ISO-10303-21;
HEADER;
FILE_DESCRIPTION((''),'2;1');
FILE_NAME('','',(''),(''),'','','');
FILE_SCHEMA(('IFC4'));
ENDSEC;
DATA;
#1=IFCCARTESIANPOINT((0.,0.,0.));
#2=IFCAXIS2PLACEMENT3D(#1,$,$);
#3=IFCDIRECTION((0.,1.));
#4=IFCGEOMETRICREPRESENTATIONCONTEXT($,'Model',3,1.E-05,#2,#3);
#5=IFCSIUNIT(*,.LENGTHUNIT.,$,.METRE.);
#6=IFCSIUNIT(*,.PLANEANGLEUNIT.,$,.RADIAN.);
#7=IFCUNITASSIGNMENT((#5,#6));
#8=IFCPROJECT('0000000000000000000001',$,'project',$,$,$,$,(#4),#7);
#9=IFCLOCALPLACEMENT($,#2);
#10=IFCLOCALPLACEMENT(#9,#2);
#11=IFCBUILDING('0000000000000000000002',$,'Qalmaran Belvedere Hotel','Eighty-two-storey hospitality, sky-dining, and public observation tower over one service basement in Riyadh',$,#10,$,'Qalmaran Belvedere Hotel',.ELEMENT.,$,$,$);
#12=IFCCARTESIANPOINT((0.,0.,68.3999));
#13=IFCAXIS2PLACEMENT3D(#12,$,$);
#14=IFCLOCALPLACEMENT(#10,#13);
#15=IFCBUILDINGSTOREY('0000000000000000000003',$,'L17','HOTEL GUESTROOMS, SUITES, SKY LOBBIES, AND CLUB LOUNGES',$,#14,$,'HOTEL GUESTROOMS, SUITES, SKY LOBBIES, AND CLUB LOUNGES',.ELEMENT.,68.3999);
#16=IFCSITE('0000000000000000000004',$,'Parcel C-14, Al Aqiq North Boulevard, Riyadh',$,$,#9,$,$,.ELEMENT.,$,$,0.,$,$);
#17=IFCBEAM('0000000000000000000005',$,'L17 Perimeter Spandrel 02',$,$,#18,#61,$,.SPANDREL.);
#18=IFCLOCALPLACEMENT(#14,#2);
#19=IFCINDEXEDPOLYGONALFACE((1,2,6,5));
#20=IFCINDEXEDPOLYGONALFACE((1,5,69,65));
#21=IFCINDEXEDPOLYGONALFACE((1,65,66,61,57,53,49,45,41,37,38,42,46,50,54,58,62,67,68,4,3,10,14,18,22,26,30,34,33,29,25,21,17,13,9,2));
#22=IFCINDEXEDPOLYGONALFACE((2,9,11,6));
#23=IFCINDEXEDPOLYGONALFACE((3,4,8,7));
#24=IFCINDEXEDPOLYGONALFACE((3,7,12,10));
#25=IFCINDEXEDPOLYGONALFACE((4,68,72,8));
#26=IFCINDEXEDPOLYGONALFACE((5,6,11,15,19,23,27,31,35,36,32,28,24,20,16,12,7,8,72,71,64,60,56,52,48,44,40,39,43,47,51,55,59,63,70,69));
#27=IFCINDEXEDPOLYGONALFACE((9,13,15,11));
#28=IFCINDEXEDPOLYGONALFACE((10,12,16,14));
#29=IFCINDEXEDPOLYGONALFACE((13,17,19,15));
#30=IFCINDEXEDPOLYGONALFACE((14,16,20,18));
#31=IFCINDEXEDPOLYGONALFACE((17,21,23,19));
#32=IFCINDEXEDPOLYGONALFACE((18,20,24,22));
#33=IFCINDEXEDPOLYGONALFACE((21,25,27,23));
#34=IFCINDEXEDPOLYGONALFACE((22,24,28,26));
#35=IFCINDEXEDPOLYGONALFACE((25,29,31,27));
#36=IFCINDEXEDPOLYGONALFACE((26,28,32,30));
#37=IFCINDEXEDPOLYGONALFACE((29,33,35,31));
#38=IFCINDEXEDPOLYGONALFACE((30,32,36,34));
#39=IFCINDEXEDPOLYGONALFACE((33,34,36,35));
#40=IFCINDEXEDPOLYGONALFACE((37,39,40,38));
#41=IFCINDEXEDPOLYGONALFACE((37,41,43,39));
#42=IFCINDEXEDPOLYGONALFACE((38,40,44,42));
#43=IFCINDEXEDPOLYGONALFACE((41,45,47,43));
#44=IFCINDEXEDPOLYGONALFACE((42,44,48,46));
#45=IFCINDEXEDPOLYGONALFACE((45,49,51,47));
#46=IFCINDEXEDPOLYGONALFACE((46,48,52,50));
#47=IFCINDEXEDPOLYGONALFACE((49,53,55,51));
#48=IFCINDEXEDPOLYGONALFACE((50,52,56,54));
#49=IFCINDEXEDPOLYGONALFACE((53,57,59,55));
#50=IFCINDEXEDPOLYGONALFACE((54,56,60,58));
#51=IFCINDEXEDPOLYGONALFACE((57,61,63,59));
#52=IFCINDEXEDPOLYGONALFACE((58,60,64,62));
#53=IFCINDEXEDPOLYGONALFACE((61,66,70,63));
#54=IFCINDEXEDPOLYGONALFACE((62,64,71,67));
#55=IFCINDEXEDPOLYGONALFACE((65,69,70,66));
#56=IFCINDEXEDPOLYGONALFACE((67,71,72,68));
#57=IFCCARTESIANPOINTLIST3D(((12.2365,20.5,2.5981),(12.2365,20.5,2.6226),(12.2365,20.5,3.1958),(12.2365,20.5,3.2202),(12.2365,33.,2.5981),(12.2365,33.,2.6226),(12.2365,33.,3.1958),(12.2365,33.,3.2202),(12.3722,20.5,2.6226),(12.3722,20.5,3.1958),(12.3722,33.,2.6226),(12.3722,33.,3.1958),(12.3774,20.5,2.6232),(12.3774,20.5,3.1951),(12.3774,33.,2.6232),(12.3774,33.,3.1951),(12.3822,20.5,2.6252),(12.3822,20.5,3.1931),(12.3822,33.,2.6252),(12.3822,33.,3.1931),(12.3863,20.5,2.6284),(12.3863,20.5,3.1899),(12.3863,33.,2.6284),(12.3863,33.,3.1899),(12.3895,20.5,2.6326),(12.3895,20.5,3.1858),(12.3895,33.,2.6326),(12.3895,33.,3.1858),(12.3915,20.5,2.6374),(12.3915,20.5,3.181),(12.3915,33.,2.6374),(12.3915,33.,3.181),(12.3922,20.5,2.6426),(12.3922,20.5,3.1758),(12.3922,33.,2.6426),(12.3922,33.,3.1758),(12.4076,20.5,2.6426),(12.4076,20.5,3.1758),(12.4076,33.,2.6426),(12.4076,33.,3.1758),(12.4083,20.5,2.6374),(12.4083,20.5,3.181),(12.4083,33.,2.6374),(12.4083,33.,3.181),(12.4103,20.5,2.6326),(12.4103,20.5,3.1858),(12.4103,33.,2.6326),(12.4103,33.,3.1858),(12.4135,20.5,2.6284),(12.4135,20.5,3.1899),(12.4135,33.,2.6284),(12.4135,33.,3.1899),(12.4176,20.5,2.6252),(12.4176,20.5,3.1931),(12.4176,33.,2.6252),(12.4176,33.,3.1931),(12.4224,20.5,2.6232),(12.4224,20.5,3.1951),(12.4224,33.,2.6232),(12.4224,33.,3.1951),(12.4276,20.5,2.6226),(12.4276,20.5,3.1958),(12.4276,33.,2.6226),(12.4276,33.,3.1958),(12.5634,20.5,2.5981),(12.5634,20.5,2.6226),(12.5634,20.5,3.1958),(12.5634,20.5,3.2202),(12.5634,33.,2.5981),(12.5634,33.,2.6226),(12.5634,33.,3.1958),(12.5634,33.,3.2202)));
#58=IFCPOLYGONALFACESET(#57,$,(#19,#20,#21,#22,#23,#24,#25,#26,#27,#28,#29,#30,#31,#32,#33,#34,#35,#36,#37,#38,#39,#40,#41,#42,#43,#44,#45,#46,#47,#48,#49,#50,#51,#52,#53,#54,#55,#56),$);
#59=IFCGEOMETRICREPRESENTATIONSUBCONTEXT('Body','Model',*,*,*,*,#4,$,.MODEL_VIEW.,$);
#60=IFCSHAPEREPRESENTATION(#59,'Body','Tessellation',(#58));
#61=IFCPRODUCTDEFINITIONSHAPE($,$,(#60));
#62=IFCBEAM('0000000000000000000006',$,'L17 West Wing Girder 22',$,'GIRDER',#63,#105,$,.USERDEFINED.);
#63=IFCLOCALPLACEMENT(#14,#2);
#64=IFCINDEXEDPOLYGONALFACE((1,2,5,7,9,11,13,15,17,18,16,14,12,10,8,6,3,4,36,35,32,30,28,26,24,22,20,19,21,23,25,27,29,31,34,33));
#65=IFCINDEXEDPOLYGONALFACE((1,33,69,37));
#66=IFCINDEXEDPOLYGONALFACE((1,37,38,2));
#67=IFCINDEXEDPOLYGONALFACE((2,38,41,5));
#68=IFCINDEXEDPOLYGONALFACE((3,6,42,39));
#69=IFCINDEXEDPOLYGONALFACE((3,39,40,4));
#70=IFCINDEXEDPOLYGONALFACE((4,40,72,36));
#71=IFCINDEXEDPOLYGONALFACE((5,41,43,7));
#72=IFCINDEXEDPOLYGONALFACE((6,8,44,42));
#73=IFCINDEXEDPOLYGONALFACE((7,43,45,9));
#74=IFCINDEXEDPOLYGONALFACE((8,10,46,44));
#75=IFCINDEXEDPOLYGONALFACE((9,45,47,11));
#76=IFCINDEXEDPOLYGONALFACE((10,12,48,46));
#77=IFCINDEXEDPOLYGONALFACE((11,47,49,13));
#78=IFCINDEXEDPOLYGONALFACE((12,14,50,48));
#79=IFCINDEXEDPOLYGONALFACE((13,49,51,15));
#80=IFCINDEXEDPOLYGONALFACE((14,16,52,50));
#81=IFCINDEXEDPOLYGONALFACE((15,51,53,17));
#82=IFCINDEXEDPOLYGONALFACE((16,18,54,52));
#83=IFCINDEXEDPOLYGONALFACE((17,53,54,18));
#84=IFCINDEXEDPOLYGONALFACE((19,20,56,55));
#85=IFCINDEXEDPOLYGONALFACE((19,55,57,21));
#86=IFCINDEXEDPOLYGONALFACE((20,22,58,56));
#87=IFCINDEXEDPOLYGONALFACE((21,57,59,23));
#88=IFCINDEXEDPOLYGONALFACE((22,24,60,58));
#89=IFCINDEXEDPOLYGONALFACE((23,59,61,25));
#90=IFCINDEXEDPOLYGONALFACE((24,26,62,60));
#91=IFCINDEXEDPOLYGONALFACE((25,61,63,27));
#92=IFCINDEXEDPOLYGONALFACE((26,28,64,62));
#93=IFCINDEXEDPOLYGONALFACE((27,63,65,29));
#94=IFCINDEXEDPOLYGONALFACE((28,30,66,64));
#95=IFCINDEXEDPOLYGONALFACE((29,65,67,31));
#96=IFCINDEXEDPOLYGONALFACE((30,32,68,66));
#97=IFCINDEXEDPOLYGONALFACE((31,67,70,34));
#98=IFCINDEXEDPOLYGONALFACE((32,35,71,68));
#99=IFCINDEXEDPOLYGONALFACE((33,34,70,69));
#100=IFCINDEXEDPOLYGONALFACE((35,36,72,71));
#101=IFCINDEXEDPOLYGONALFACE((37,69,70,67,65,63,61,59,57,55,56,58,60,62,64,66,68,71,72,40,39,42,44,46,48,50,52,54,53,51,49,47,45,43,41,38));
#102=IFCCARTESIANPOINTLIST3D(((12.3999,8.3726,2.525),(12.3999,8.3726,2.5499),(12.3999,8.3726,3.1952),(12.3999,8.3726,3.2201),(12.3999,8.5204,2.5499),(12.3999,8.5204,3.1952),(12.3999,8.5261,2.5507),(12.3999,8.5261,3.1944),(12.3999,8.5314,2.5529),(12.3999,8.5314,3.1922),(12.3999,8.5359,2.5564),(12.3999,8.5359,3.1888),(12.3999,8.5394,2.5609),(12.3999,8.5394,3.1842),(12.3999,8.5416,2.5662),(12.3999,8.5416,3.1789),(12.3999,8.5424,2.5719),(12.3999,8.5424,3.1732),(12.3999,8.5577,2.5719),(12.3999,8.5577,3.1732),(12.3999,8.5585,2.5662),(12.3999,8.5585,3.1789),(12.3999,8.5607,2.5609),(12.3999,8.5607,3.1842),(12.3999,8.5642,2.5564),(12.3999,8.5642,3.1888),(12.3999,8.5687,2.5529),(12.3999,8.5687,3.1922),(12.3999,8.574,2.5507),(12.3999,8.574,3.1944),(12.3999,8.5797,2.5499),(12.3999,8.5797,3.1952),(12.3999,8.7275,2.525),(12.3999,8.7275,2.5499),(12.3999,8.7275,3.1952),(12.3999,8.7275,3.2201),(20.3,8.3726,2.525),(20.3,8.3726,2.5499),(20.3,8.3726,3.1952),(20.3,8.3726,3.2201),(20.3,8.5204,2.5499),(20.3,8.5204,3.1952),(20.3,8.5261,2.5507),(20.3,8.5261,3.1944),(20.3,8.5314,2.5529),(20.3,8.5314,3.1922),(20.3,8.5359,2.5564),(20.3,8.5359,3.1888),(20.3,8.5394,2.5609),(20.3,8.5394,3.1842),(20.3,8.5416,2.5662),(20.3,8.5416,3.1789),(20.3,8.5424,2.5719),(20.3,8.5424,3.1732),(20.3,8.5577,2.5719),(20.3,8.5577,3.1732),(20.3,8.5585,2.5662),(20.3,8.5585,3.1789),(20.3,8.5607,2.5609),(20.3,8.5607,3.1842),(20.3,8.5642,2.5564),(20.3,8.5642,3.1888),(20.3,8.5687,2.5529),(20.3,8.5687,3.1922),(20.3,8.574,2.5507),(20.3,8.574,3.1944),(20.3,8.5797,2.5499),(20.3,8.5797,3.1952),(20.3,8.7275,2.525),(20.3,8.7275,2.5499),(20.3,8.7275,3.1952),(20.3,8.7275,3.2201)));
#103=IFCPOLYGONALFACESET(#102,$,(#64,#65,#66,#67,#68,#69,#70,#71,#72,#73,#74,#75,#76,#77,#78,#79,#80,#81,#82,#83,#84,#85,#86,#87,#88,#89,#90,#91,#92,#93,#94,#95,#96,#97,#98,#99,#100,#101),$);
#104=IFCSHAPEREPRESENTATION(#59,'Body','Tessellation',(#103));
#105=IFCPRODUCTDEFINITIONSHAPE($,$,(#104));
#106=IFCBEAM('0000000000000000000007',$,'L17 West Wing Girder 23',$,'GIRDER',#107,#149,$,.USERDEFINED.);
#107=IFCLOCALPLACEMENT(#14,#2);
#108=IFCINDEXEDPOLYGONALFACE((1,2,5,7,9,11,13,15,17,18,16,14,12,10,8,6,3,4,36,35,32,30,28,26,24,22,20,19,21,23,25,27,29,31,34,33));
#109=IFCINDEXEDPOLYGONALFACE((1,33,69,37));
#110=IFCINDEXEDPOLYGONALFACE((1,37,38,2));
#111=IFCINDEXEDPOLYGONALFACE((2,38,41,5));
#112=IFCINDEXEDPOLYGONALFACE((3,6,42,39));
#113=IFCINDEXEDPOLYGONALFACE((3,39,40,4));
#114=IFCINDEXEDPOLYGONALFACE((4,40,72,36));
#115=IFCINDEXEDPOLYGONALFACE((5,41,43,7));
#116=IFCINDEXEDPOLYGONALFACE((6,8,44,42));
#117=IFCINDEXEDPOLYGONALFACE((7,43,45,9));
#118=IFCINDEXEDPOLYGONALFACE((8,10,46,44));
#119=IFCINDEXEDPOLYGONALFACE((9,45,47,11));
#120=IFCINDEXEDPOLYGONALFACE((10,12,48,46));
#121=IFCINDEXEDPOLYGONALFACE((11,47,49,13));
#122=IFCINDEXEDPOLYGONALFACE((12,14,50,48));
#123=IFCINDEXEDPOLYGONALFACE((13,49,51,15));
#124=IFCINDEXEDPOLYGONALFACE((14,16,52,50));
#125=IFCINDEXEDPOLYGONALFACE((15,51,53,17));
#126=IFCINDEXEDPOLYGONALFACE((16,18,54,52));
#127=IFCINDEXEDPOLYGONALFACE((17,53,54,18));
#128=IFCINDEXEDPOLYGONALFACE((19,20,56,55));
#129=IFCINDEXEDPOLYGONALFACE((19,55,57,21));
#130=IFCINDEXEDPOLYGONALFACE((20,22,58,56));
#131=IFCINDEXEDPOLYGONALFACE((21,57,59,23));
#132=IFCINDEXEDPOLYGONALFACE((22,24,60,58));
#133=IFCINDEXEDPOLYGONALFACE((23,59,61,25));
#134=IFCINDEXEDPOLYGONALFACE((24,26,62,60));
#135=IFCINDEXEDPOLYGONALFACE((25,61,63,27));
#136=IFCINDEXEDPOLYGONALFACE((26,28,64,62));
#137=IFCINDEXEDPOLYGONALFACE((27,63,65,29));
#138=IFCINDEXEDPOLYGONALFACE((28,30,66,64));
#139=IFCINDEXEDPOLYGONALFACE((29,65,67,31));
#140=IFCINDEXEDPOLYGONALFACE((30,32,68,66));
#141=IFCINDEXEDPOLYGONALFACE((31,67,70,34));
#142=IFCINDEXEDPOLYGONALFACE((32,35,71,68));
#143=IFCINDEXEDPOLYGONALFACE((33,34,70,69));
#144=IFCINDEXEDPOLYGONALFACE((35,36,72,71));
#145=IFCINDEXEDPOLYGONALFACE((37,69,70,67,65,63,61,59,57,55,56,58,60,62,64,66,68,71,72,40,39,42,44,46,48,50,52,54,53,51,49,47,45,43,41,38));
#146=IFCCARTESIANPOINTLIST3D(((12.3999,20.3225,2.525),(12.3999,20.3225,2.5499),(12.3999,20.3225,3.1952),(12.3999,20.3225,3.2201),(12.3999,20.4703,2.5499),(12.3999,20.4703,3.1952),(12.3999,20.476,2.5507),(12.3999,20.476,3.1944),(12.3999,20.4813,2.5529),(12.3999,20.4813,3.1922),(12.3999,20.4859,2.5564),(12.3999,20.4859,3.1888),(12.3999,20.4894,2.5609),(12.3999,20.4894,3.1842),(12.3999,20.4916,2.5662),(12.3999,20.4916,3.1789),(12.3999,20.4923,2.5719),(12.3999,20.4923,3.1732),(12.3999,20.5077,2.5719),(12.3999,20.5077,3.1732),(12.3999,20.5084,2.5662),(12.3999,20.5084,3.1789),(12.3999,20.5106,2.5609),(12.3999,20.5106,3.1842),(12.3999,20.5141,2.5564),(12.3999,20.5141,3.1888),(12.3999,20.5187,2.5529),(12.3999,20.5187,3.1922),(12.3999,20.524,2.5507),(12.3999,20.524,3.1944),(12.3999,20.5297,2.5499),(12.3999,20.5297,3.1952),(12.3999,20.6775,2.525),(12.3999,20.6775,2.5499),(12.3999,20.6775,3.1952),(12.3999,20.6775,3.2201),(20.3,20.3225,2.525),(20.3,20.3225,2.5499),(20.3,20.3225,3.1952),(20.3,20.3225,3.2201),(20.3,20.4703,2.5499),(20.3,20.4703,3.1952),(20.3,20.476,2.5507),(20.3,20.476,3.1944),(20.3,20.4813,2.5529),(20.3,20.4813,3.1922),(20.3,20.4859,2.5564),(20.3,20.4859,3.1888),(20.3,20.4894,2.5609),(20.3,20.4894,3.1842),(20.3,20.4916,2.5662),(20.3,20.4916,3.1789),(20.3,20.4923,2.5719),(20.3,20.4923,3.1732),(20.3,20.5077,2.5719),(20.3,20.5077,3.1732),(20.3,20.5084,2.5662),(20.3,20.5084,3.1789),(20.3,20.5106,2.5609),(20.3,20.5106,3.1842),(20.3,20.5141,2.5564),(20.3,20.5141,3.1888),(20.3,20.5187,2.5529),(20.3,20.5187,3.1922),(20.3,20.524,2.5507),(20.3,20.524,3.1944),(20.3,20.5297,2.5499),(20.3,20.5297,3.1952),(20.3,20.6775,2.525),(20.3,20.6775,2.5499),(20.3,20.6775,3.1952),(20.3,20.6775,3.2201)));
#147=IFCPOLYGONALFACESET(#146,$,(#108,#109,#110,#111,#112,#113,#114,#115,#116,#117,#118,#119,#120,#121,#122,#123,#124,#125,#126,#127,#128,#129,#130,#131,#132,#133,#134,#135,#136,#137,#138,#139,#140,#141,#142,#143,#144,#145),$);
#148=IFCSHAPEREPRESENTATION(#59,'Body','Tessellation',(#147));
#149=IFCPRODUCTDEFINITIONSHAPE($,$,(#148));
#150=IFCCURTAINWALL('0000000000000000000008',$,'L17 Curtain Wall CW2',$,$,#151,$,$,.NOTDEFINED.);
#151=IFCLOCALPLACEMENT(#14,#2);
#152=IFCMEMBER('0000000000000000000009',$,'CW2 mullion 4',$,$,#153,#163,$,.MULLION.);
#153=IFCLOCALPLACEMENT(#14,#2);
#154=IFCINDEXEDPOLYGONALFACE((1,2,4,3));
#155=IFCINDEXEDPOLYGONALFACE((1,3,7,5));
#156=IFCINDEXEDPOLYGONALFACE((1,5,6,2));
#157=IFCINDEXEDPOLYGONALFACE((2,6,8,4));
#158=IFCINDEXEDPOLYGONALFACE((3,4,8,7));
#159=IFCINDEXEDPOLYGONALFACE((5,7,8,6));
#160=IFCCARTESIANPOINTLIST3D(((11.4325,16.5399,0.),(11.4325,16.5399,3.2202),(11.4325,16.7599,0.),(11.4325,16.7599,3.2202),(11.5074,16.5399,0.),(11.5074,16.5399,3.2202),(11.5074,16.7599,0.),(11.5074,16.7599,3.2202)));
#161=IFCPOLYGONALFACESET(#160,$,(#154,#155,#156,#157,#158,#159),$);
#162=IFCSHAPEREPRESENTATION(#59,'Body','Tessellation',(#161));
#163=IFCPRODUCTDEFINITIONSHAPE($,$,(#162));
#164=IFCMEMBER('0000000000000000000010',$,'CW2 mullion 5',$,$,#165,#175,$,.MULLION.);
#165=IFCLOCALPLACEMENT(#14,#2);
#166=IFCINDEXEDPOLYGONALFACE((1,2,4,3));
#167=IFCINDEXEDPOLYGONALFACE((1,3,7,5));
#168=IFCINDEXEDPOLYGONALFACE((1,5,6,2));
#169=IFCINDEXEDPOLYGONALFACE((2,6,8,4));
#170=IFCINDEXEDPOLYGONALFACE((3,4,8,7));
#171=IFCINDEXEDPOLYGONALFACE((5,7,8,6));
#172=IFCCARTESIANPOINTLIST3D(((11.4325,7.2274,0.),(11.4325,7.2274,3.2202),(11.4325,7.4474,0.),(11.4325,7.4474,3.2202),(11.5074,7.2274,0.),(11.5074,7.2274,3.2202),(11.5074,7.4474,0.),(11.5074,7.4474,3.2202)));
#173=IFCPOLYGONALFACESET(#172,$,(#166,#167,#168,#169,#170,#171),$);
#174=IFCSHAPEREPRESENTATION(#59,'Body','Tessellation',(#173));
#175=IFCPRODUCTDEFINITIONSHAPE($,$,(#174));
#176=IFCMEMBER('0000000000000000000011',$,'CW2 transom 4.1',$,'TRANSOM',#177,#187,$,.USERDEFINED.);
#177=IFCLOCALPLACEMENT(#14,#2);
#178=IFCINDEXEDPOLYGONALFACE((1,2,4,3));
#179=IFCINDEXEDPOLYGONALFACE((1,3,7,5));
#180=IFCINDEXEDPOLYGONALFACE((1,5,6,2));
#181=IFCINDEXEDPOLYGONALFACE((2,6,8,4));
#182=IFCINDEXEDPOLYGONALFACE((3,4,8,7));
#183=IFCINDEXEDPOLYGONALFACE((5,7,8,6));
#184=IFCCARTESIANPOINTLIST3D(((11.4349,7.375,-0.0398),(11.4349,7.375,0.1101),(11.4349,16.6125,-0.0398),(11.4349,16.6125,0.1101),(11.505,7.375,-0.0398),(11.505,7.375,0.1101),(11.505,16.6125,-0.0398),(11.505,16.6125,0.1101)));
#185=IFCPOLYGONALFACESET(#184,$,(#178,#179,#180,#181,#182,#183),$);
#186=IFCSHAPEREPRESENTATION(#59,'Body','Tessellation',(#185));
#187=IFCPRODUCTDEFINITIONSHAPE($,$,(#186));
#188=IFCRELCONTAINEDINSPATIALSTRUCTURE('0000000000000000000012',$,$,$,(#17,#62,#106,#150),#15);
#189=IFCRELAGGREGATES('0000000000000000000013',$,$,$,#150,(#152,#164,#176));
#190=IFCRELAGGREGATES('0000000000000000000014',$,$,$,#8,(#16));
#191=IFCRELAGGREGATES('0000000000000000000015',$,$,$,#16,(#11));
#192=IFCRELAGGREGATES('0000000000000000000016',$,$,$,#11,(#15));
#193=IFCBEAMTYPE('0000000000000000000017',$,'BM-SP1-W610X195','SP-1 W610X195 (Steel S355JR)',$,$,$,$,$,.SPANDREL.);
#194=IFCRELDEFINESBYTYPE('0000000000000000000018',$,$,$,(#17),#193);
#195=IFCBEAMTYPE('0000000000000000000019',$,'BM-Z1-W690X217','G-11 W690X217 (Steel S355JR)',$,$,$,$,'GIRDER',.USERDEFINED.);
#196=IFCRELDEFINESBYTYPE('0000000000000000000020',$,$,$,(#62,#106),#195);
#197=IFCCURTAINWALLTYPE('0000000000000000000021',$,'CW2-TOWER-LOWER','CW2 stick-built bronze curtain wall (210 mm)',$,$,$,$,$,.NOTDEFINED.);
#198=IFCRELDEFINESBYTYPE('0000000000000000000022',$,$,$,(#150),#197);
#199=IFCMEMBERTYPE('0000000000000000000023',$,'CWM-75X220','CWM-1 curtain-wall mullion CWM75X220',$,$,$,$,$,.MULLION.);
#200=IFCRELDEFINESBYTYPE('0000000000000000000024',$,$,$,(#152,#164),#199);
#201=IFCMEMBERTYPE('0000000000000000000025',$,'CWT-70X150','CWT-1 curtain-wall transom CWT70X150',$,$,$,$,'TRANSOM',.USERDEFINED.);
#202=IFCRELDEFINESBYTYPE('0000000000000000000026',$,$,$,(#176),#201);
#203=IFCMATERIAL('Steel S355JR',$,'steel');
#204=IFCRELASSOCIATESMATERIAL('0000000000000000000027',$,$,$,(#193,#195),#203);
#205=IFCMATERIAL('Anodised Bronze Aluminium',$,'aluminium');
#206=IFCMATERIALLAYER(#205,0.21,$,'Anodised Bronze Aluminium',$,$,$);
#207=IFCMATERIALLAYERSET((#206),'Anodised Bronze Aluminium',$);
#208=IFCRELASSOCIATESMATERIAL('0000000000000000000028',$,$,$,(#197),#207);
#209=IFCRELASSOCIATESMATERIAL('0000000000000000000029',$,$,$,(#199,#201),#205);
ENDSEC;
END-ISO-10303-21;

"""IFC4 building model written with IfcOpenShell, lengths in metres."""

from ifc_helpers import new_model, si_unit, direction, frame, origin, origin_2d, place, context, subcontext, project, spatial, rectangle, i_section, extrude, material, layer, layer_set, material_profile, profile_set, type_object, element, aggregate, save


model = new_model("IFC4")

# Units and contexts
model_context = context("Model", 3, precision=1e-05, world=origin(), true_north=direction((0.0, 1.0)))
body_context = subcontext(model_context, "Body", "Model", "MODEL_VIEW")
ifc_project = project(units=[si_unit("LENGTHUNIT", "METRE"), si_unit("PLANEANGLEUNIT", "RADIAN")], contexts=[model_context])

# Site, building, storey
site_placement = place(None, origin())
site = spatial("IfcSite", under=ifc_project, at=site_placement, Name="Parcel C-14, Al Aqiq North Boulevard, Riyadh", CompositionType="ELEMENT", RefElevation=0.0)
building_placement = place(site_placement, origin())
building = spatial("IfcBuilding", under=site, at=building_placement, Name="Qalmaran Belvedere Hotel", Description="Eighty-two-storey hospitality, sky-dining, and public observation tower over one service basement in Riyadh", LongName="Qalmaran Belvedere Hotel", CompositionType="ELEMENT")
storey_placement = place(building_placement, frame((0.0, 0.0, 68.3999)))
storey = spatial("IfcBuildingStorey", under=building, at=storey_placement, Name="L17", Description="HOTEL GUESTROOMS, SUITES, SKY LOBBIES, AND CLUB LOUNGES", LongName="HOTEL GUESTROOMS, SUITES, SKY LOBBIES, AND CLUB LOUNGES", CompositionType="ELEMENT", Elevation=68.3999)

# Beams
ifc_material_1 = material(Name="Steel S355JR", Category="steel")
ifc_material_profile_1 = material_profile(ifc_material_1, i_section(OverallWidth=0.3269, OverallDepth=0.6221, WebThickness=0.0154, FlangeThickness=0.0244, FilletRadius=0.02, at=origin_2d()), Name="W610X195")
ifc_profile_set_1 = profile_set([ifc_material_profile_1], Name="Steel S355JR")
beam_type_1 = type_object("IfcBeamType", Name="BM-SP1-W610X195", Description="SP-1 W610X195 (Steel S355JR)", PredefinedType="SPANDREL", material=ifc_profile_set_1)
beam_1_placement = place(storey_placement, frame((12.3999, 20.5, 2.9092), z_axis=(0.0, 1.0, 0.0), x_axis=(-1.0, 0.0, 0.0)))
element("IfcBeam", 1, at=beam_1_placement, inside=storey, type_object=beam_type_1, Name="L17 Perimeter Spandrel 02", PredefinedType="SPANDREL", context=body_context, shape_type="SweptSolid", body=[
    extrude(i_section(OverallWidth=0.3269, OverallDepth=0.6221, WebThickness=0.0154, FlangeThickness=0.0244, FilletRadius=0.02, at=origin_2d()), origin(), (0.0, 0.0, 1.0), 12.5),
])
ifc_material_profile_2 = material_profile(ifc_material_1, i_section(OverallWidth=0.355, OverallDepth=0.6951, WebThickness=0.0154, FlangeThickness=0.0249, FilletRadius=0.022, at=origin_2d()), Name="W690X217")
ifc_profile_set_2 = profile_set([ifc_material_profile_2], Name="Steel S355JR")
beam_type_2 = type_object("IfcBeamType", Name="BM-Z1-W690X217", Description="G-11 W690X217 (Steel S355JR)", ElementType="GIRDER", PredefinedType="USERDEFINED", material=ifc_profile_set_2)
for number, where, z_axis, x_axis, name in (
    (2, (12.3999, 8.55, 2.8726), (1.0, 0.0, 0.0), (0.0, 1.0, 0.0), "L17 West Wing Girder 22"),
    (3, (12.3999, 20.5, 2.8726), (1.0, 0.0, 0.0), (0.0, 1.0, 0.0), "L17 West Wing Girder 23"),
):
    element("IfcBeam", number, at=place(storey_placement, frame(where, z_axis=z_axis, x_axis=x_axis)), inside=storey, type_object=beam_type_2, Name=name, ObjectType="GIRDER", PredefinedType="USERDEFINED", context=body_context, shape_type="SweptSolid", body=[
        extrude(i_section(OverallWidth=0.355, OverallDepth=0.6951, WebThickness=0.0154, FlangeThickness=0.0249, FilletRadius=0.022, at=origin_2d()), origin(), (0.0, 0.0, 1.0), 7.9001),
    ])

# Curtain wall, members
ifc_material_2 = material(Name="Anodised Bronze Aluminium", Category="aluminium")
ifc_layer_1 = layer(ifc_material_2, 0.21, Name="Anodised Bronze Aluminium")
ifc_layer_set_1 = layer_set([ifc_layer_1], Name="Anodised Bronze Aluminium")
curtain_wall_type = type_object("IfcCurtainWallType", Name="CW2-TOWER-LOWER", Description="CW2 stick-built bronze curtain wall (210 mm)", PredefinedType="NOTDEFINED", material=ifc_layer_set_1)
curtain_wall_1_placement = place(storey_placement, origin())
curtain_wall_1 = element("IfcCurtainWall", 4, at=curtain_wall_1_placement, inside=storey, type_object=curtain_wall_type, Name="L17 Curtain Wall CW2", PredefinedType="NOTDEFINED")
ifc_material_profile_3 = material_profile(ifc_material_2, rectangle(XDim=0.075, YDim=0.22, at=origin_2d()), Name="CWM75X220")
ifc_profile_set_3 = profile_set([ifc_material_profile_3], Name="Anodised Bronze Aluminium")
member_type_1 = type_object("IfcMemberType", Name="CWM-75X220", Description="CWM-1 curtain-wall mullion CWM75X220", PredefinedType="MULLION", material=ifc_profile_set_3)
member_1_placement = place(storey_placement, frame((11.47, 16.6499, 0.0), z_axis=(0.0, 0.0, 1.0), x_axis=(1.0, 0.0, 0.0)))
member_1 = element("IfcMember", 5, at=member_1_placement, type_object=member_type_1, Name="CW2 mullion 4", PredefinedType="MULLION", context=body_context, shape_type="SweptSolid", body=[
    extrude(rectangle(XDim=0.075, YDim=0.22, at=origin_2d()), origin(), (0.0, 0.0, 1.0), 3.2202),
])
member_2_placement = place(storey_placement, frame((11.47, 7.3374, 0.0), z_axis=(0.0, 0.0, 1.0), x_axis=(1.0, 0.0, 0.0)))
member_2 = element("IfcMember", 6, at=member_2_placement, type_object=member_type_1, Name="CW2 mullion 5", PredefinedType="MULLION", context=body_context, shape_type="SweptSolid", body=[
    extrude(rectangle(XDim=0.075, YDim=0.22, at=origin_2d()), origin(), (0.0, 0.0, 1.0), 3.2202),
])
ifc_material_profile_4 = material_profile(ifc_material_2, rectangle(XDim=0.0701, YDim=0.1499, at=origin_2d()), Name="CWT70X150")
ifc_profile_set_4 = profile_set([ifc_material_profile_4], Name="Anodised Bronze Aluminium")
member_type_2 = type_object("IfcMemberType", Name="CWT-70X150", Description="CWT-1 curtain-wall transom CWT70X150", ElementType="TRANSOM", PredefinedType="USERDEFINED", material=ifc_profile_set_4)
member_3_placement = place(storey_placement, frame((11.47, 16.6125, 0.0352), z_axis=(0.0, -1.0, 0.0), x_axis=(1.0, 0.0, 0.0)))
member_3 = element("IfcMember", 7, at=member_3_placement, type_object=member_type_2, Name="CW2 transom 4.1", ObjectType="TRANSOM", PredefinedType="USERDEFINED", context=body_context, shape_type="SweptSolid", body=[
    extrude(rectangle(XDim=0.0701, YDim=0.1499, at=origin_2d()), origin(), (0.0, 0.0, 1.0), 9.2375),
])
aggregate(curtain_wall_1, [member_1, member_2, member_3])

save(model, "model.ifc")
